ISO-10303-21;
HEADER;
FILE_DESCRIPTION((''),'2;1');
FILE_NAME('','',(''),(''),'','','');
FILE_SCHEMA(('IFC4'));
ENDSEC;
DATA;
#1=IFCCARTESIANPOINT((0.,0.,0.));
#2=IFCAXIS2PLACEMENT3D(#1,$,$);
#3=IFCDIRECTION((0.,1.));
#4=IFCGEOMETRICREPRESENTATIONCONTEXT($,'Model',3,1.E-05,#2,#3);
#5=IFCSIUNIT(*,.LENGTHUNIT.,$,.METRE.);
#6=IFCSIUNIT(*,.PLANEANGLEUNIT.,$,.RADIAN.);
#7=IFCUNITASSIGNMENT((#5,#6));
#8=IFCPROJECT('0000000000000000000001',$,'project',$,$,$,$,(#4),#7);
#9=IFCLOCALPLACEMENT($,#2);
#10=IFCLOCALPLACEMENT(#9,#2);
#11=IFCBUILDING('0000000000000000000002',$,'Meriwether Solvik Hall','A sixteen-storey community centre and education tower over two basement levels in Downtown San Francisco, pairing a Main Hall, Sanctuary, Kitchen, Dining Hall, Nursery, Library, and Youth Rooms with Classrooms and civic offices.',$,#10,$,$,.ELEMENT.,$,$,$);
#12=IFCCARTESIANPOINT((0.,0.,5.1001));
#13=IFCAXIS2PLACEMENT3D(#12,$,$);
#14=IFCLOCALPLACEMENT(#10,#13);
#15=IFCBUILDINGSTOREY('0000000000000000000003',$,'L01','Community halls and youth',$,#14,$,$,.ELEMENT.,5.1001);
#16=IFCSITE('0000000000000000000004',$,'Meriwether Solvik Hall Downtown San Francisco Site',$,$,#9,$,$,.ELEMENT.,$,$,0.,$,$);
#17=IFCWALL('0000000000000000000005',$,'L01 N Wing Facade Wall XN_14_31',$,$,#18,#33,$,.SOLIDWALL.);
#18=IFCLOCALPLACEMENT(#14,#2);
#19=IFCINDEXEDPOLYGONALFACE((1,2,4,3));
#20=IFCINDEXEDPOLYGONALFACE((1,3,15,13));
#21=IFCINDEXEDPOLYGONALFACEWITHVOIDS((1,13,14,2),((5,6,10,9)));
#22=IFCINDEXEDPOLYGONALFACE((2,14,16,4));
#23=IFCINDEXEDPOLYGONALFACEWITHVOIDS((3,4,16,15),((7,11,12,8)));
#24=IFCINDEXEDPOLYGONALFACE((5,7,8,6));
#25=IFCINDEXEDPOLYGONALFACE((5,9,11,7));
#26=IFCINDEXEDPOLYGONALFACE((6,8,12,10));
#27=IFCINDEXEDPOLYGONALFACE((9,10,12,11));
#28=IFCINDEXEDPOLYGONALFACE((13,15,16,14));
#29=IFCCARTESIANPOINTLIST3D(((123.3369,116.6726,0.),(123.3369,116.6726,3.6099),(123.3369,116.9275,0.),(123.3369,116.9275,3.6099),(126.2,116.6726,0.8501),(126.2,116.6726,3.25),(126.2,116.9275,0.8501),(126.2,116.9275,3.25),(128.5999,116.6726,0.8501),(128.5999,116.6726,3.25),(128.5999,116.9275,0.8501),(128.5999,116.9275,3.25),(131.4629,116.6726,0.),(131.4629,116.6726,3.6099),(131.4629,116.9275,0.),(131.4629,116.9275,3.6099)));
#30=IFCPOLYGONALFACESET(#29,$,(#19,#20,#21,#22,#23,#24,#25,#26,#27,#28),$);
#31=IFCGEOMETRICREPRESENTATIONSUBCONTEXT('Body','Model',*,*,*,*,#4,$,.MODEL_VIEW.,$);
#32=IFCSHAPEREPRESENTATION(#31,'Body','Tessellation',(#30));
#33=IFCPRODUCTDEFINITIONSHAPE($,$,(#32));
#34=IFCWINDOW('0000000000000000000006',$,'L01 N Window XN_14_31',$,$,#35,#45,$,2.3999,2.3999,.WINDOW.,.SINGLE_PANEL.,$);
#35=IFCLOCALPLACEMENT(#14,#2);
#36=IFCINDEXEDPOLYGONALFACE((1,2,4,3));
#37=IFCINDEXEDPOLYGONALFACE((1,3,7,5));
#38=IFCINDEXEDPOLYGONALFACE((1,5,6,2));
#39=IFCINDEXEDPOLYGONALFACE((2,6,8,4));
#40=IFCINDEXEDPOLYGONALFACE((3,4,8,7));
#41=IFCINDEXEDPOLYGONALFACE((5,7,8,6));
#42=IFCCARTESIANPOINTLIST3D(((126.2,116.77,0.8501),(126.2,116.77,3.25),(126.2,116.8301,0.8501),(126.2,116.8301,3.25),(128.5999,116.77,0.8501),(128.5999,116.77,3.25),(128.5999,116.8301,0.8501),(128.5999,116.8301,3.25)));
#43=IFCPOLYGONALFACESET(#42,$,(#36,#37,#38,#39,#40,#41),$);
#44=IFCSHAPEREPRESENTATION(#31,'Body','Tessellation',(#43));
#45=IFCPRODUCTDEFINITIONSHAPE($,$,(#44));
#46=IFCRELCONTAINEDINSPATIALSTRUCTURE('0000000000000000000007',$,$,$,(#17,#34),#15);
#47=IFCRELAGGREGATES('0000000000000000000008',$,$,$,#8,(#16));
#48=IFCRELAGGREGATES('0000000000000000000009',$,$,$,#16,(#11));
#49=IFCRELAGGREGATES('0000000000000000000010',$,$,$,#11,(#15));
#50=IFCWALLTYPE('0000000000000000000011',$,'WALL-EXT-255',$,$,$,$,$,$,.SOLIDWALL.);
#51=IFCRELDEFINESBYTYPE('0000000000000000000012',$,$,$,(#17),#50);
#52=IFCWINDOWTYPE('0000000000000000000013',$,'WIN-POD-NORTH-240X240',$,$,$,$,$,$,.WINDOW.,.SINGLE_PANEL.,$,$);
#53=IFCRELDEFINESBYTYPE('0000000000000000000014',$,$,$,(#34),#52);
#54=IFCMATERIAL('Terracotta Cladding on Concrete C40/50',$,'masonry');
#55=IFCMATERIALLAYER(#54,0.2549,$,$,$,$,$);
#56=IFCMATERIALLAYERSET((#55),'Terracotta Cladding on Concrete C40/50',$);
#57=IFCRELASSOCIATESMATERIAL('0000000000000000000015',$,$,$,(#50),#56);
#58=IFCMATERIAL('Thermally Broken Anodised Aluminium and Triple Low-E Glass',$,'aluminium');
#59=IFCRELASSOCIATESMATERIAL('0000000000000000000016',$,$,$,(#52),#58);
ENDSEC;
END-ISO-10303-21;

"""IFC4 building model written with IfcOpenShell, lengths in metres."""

from ifc_helpers import new_model, si_unit, direction, frame, frame_2d, origin, place, context, subcontext, project, spatial, rectangle, extrude, material, layer, layer_set, type_object, element, fill, save


model = new_model("IFC4")

# Units and contexts
model_context = context("Model", 3, precision=1e-05, world=origin(), true_north=direction((0.0, 1.0)))
body_context = subcontext(model_context, "Body", "Model", "MODEL_VIEW")
ifc_project = project(units=[si_unit("LENGTHUNIT", "METRE"), si_unit("PLANEANGLEUNIT", "RADIAN")], contexts=[model_context])

# Site, building, storey
site_placement = place(None, origin())
site = spatial("IfcSite", under=ifc_project, at=site_placement, Name="Meriwether Solvik Hall Downtown San Francisco Site", CompositionType="ELEMENT", RefElevation=0.0)
building_placement = place(site_placement, origin())
building = spatial("IfcBuilding", under=site, at=building_placement, Name="Meriwether Solvik Hall", Description="A sixteen-storey community centre and education tower over two basement levels in Downtown San Francisco, pairing a Main Hall, Sanctuary, Kitchen, Dining Hall, Nursery, Library, and Youth Rooms with Classrooms and civic offices.", CompositionType="ELEMENT")
storey_placement = place(building_placement, frame((0.0, 0.0, 5.1001)))
storey = spatial("IfcBuildingStorey", under=building, at=storey_placement, Name="L01", Description="Community halls and youth", CompositionType="ELEMENT", Elevation=5.1001)

# Wall, opening, window
ifc_material_1 = material(Name="Terracotta Cladding on Concrete C40/50", Category="masonry")
ifc_layer_1 = layer(ifc_material_1, 0.2549)
ifc_layer_set_1 = layer_set([ifc_layer_1], Name="Terracotta Cladding on Concrete C40/50")
wall_type = type_object("IfcWallType", Name="WALL-EXT-255", PredefinedType="SOLIDWALL", material=ifc_layer_set_1)
wall_placement = place(storey_placement, frame((123.3369, 116.8, 0.0), z_axis=(0.0, 0.0, 1.0), x_axis=(1.0, 0.0, 0.0)))
wall = element("IfcWall", 1, at=wall_placement, inside=storey, type_object=wall_type, Name="L01 N Wing Facade Wall XN_14_31", PredefinedType="SOLIDWALL", context=body_context, shape_type="SweptSolid", body=[
    extrude(rectangle(XDim=8.126, YDim=0.2549, at=frame_2d((4.063, 0.0))), origin(), (0.0, 0.0, 1.0), 3.6099),
])
opening_placement = place(wall_placement, frame((2.863, 0.0, 0.8501)))
opening = element("IfcOpeningElement", 2, at=opening_placement, cuts=wall, PredefinedType="OPENING", context=body_context, shape_type="SweptSolid", body=[
    extrude(rectangle(XDim=2.3999, YDim=2.3999, at=frame_2d((1.2, 1.2))), frame((0.0, 0.1394, 0.0), z_axis=(0.0, -1.0, 0.0), x_axis=(1.0, 0.0, 0.0)), (0.0, 0.0, 1.0), 0.2788),
])
ifc_material_2 = material(Name="Thermally Broken Anodised Aluminium and Triple Low-E Glass", Category="aluminium")
window_type = type_object("IfcWindowType", Name="WIN-POD-NORTH-240X240", PartitioningType="SINGLE_PANEL", PredefinedType="WINDOW", material=ifc_material_2)
window_placement = place(opening_placement, origin())
window = element("IfcWindow", 3, at=window_placement, inside=storey, type_object=window_type, Name="L01 N Window XN_14_31", OverallHeight=2.3999, OverallWidth=2.3999, PartitioningType="SINGLE_PANEL", PredefinedType="WINDOW", context=body_context, shape_type="SweptSolid", body=[
    extrude(rectangle(XDim=2.3999, YDim=2.3999, at=frame_2d((1.2, 1.2))), frame((0.0, 0.03, 0.0), z_axis=(0.0, -1.0, 0.0), x_axis=(1.0, 0.0, 0.0)), (0.0, 0.0, 1.0), 0.0601),
])
fill(opening, window)

save(model, "model.ifc")
